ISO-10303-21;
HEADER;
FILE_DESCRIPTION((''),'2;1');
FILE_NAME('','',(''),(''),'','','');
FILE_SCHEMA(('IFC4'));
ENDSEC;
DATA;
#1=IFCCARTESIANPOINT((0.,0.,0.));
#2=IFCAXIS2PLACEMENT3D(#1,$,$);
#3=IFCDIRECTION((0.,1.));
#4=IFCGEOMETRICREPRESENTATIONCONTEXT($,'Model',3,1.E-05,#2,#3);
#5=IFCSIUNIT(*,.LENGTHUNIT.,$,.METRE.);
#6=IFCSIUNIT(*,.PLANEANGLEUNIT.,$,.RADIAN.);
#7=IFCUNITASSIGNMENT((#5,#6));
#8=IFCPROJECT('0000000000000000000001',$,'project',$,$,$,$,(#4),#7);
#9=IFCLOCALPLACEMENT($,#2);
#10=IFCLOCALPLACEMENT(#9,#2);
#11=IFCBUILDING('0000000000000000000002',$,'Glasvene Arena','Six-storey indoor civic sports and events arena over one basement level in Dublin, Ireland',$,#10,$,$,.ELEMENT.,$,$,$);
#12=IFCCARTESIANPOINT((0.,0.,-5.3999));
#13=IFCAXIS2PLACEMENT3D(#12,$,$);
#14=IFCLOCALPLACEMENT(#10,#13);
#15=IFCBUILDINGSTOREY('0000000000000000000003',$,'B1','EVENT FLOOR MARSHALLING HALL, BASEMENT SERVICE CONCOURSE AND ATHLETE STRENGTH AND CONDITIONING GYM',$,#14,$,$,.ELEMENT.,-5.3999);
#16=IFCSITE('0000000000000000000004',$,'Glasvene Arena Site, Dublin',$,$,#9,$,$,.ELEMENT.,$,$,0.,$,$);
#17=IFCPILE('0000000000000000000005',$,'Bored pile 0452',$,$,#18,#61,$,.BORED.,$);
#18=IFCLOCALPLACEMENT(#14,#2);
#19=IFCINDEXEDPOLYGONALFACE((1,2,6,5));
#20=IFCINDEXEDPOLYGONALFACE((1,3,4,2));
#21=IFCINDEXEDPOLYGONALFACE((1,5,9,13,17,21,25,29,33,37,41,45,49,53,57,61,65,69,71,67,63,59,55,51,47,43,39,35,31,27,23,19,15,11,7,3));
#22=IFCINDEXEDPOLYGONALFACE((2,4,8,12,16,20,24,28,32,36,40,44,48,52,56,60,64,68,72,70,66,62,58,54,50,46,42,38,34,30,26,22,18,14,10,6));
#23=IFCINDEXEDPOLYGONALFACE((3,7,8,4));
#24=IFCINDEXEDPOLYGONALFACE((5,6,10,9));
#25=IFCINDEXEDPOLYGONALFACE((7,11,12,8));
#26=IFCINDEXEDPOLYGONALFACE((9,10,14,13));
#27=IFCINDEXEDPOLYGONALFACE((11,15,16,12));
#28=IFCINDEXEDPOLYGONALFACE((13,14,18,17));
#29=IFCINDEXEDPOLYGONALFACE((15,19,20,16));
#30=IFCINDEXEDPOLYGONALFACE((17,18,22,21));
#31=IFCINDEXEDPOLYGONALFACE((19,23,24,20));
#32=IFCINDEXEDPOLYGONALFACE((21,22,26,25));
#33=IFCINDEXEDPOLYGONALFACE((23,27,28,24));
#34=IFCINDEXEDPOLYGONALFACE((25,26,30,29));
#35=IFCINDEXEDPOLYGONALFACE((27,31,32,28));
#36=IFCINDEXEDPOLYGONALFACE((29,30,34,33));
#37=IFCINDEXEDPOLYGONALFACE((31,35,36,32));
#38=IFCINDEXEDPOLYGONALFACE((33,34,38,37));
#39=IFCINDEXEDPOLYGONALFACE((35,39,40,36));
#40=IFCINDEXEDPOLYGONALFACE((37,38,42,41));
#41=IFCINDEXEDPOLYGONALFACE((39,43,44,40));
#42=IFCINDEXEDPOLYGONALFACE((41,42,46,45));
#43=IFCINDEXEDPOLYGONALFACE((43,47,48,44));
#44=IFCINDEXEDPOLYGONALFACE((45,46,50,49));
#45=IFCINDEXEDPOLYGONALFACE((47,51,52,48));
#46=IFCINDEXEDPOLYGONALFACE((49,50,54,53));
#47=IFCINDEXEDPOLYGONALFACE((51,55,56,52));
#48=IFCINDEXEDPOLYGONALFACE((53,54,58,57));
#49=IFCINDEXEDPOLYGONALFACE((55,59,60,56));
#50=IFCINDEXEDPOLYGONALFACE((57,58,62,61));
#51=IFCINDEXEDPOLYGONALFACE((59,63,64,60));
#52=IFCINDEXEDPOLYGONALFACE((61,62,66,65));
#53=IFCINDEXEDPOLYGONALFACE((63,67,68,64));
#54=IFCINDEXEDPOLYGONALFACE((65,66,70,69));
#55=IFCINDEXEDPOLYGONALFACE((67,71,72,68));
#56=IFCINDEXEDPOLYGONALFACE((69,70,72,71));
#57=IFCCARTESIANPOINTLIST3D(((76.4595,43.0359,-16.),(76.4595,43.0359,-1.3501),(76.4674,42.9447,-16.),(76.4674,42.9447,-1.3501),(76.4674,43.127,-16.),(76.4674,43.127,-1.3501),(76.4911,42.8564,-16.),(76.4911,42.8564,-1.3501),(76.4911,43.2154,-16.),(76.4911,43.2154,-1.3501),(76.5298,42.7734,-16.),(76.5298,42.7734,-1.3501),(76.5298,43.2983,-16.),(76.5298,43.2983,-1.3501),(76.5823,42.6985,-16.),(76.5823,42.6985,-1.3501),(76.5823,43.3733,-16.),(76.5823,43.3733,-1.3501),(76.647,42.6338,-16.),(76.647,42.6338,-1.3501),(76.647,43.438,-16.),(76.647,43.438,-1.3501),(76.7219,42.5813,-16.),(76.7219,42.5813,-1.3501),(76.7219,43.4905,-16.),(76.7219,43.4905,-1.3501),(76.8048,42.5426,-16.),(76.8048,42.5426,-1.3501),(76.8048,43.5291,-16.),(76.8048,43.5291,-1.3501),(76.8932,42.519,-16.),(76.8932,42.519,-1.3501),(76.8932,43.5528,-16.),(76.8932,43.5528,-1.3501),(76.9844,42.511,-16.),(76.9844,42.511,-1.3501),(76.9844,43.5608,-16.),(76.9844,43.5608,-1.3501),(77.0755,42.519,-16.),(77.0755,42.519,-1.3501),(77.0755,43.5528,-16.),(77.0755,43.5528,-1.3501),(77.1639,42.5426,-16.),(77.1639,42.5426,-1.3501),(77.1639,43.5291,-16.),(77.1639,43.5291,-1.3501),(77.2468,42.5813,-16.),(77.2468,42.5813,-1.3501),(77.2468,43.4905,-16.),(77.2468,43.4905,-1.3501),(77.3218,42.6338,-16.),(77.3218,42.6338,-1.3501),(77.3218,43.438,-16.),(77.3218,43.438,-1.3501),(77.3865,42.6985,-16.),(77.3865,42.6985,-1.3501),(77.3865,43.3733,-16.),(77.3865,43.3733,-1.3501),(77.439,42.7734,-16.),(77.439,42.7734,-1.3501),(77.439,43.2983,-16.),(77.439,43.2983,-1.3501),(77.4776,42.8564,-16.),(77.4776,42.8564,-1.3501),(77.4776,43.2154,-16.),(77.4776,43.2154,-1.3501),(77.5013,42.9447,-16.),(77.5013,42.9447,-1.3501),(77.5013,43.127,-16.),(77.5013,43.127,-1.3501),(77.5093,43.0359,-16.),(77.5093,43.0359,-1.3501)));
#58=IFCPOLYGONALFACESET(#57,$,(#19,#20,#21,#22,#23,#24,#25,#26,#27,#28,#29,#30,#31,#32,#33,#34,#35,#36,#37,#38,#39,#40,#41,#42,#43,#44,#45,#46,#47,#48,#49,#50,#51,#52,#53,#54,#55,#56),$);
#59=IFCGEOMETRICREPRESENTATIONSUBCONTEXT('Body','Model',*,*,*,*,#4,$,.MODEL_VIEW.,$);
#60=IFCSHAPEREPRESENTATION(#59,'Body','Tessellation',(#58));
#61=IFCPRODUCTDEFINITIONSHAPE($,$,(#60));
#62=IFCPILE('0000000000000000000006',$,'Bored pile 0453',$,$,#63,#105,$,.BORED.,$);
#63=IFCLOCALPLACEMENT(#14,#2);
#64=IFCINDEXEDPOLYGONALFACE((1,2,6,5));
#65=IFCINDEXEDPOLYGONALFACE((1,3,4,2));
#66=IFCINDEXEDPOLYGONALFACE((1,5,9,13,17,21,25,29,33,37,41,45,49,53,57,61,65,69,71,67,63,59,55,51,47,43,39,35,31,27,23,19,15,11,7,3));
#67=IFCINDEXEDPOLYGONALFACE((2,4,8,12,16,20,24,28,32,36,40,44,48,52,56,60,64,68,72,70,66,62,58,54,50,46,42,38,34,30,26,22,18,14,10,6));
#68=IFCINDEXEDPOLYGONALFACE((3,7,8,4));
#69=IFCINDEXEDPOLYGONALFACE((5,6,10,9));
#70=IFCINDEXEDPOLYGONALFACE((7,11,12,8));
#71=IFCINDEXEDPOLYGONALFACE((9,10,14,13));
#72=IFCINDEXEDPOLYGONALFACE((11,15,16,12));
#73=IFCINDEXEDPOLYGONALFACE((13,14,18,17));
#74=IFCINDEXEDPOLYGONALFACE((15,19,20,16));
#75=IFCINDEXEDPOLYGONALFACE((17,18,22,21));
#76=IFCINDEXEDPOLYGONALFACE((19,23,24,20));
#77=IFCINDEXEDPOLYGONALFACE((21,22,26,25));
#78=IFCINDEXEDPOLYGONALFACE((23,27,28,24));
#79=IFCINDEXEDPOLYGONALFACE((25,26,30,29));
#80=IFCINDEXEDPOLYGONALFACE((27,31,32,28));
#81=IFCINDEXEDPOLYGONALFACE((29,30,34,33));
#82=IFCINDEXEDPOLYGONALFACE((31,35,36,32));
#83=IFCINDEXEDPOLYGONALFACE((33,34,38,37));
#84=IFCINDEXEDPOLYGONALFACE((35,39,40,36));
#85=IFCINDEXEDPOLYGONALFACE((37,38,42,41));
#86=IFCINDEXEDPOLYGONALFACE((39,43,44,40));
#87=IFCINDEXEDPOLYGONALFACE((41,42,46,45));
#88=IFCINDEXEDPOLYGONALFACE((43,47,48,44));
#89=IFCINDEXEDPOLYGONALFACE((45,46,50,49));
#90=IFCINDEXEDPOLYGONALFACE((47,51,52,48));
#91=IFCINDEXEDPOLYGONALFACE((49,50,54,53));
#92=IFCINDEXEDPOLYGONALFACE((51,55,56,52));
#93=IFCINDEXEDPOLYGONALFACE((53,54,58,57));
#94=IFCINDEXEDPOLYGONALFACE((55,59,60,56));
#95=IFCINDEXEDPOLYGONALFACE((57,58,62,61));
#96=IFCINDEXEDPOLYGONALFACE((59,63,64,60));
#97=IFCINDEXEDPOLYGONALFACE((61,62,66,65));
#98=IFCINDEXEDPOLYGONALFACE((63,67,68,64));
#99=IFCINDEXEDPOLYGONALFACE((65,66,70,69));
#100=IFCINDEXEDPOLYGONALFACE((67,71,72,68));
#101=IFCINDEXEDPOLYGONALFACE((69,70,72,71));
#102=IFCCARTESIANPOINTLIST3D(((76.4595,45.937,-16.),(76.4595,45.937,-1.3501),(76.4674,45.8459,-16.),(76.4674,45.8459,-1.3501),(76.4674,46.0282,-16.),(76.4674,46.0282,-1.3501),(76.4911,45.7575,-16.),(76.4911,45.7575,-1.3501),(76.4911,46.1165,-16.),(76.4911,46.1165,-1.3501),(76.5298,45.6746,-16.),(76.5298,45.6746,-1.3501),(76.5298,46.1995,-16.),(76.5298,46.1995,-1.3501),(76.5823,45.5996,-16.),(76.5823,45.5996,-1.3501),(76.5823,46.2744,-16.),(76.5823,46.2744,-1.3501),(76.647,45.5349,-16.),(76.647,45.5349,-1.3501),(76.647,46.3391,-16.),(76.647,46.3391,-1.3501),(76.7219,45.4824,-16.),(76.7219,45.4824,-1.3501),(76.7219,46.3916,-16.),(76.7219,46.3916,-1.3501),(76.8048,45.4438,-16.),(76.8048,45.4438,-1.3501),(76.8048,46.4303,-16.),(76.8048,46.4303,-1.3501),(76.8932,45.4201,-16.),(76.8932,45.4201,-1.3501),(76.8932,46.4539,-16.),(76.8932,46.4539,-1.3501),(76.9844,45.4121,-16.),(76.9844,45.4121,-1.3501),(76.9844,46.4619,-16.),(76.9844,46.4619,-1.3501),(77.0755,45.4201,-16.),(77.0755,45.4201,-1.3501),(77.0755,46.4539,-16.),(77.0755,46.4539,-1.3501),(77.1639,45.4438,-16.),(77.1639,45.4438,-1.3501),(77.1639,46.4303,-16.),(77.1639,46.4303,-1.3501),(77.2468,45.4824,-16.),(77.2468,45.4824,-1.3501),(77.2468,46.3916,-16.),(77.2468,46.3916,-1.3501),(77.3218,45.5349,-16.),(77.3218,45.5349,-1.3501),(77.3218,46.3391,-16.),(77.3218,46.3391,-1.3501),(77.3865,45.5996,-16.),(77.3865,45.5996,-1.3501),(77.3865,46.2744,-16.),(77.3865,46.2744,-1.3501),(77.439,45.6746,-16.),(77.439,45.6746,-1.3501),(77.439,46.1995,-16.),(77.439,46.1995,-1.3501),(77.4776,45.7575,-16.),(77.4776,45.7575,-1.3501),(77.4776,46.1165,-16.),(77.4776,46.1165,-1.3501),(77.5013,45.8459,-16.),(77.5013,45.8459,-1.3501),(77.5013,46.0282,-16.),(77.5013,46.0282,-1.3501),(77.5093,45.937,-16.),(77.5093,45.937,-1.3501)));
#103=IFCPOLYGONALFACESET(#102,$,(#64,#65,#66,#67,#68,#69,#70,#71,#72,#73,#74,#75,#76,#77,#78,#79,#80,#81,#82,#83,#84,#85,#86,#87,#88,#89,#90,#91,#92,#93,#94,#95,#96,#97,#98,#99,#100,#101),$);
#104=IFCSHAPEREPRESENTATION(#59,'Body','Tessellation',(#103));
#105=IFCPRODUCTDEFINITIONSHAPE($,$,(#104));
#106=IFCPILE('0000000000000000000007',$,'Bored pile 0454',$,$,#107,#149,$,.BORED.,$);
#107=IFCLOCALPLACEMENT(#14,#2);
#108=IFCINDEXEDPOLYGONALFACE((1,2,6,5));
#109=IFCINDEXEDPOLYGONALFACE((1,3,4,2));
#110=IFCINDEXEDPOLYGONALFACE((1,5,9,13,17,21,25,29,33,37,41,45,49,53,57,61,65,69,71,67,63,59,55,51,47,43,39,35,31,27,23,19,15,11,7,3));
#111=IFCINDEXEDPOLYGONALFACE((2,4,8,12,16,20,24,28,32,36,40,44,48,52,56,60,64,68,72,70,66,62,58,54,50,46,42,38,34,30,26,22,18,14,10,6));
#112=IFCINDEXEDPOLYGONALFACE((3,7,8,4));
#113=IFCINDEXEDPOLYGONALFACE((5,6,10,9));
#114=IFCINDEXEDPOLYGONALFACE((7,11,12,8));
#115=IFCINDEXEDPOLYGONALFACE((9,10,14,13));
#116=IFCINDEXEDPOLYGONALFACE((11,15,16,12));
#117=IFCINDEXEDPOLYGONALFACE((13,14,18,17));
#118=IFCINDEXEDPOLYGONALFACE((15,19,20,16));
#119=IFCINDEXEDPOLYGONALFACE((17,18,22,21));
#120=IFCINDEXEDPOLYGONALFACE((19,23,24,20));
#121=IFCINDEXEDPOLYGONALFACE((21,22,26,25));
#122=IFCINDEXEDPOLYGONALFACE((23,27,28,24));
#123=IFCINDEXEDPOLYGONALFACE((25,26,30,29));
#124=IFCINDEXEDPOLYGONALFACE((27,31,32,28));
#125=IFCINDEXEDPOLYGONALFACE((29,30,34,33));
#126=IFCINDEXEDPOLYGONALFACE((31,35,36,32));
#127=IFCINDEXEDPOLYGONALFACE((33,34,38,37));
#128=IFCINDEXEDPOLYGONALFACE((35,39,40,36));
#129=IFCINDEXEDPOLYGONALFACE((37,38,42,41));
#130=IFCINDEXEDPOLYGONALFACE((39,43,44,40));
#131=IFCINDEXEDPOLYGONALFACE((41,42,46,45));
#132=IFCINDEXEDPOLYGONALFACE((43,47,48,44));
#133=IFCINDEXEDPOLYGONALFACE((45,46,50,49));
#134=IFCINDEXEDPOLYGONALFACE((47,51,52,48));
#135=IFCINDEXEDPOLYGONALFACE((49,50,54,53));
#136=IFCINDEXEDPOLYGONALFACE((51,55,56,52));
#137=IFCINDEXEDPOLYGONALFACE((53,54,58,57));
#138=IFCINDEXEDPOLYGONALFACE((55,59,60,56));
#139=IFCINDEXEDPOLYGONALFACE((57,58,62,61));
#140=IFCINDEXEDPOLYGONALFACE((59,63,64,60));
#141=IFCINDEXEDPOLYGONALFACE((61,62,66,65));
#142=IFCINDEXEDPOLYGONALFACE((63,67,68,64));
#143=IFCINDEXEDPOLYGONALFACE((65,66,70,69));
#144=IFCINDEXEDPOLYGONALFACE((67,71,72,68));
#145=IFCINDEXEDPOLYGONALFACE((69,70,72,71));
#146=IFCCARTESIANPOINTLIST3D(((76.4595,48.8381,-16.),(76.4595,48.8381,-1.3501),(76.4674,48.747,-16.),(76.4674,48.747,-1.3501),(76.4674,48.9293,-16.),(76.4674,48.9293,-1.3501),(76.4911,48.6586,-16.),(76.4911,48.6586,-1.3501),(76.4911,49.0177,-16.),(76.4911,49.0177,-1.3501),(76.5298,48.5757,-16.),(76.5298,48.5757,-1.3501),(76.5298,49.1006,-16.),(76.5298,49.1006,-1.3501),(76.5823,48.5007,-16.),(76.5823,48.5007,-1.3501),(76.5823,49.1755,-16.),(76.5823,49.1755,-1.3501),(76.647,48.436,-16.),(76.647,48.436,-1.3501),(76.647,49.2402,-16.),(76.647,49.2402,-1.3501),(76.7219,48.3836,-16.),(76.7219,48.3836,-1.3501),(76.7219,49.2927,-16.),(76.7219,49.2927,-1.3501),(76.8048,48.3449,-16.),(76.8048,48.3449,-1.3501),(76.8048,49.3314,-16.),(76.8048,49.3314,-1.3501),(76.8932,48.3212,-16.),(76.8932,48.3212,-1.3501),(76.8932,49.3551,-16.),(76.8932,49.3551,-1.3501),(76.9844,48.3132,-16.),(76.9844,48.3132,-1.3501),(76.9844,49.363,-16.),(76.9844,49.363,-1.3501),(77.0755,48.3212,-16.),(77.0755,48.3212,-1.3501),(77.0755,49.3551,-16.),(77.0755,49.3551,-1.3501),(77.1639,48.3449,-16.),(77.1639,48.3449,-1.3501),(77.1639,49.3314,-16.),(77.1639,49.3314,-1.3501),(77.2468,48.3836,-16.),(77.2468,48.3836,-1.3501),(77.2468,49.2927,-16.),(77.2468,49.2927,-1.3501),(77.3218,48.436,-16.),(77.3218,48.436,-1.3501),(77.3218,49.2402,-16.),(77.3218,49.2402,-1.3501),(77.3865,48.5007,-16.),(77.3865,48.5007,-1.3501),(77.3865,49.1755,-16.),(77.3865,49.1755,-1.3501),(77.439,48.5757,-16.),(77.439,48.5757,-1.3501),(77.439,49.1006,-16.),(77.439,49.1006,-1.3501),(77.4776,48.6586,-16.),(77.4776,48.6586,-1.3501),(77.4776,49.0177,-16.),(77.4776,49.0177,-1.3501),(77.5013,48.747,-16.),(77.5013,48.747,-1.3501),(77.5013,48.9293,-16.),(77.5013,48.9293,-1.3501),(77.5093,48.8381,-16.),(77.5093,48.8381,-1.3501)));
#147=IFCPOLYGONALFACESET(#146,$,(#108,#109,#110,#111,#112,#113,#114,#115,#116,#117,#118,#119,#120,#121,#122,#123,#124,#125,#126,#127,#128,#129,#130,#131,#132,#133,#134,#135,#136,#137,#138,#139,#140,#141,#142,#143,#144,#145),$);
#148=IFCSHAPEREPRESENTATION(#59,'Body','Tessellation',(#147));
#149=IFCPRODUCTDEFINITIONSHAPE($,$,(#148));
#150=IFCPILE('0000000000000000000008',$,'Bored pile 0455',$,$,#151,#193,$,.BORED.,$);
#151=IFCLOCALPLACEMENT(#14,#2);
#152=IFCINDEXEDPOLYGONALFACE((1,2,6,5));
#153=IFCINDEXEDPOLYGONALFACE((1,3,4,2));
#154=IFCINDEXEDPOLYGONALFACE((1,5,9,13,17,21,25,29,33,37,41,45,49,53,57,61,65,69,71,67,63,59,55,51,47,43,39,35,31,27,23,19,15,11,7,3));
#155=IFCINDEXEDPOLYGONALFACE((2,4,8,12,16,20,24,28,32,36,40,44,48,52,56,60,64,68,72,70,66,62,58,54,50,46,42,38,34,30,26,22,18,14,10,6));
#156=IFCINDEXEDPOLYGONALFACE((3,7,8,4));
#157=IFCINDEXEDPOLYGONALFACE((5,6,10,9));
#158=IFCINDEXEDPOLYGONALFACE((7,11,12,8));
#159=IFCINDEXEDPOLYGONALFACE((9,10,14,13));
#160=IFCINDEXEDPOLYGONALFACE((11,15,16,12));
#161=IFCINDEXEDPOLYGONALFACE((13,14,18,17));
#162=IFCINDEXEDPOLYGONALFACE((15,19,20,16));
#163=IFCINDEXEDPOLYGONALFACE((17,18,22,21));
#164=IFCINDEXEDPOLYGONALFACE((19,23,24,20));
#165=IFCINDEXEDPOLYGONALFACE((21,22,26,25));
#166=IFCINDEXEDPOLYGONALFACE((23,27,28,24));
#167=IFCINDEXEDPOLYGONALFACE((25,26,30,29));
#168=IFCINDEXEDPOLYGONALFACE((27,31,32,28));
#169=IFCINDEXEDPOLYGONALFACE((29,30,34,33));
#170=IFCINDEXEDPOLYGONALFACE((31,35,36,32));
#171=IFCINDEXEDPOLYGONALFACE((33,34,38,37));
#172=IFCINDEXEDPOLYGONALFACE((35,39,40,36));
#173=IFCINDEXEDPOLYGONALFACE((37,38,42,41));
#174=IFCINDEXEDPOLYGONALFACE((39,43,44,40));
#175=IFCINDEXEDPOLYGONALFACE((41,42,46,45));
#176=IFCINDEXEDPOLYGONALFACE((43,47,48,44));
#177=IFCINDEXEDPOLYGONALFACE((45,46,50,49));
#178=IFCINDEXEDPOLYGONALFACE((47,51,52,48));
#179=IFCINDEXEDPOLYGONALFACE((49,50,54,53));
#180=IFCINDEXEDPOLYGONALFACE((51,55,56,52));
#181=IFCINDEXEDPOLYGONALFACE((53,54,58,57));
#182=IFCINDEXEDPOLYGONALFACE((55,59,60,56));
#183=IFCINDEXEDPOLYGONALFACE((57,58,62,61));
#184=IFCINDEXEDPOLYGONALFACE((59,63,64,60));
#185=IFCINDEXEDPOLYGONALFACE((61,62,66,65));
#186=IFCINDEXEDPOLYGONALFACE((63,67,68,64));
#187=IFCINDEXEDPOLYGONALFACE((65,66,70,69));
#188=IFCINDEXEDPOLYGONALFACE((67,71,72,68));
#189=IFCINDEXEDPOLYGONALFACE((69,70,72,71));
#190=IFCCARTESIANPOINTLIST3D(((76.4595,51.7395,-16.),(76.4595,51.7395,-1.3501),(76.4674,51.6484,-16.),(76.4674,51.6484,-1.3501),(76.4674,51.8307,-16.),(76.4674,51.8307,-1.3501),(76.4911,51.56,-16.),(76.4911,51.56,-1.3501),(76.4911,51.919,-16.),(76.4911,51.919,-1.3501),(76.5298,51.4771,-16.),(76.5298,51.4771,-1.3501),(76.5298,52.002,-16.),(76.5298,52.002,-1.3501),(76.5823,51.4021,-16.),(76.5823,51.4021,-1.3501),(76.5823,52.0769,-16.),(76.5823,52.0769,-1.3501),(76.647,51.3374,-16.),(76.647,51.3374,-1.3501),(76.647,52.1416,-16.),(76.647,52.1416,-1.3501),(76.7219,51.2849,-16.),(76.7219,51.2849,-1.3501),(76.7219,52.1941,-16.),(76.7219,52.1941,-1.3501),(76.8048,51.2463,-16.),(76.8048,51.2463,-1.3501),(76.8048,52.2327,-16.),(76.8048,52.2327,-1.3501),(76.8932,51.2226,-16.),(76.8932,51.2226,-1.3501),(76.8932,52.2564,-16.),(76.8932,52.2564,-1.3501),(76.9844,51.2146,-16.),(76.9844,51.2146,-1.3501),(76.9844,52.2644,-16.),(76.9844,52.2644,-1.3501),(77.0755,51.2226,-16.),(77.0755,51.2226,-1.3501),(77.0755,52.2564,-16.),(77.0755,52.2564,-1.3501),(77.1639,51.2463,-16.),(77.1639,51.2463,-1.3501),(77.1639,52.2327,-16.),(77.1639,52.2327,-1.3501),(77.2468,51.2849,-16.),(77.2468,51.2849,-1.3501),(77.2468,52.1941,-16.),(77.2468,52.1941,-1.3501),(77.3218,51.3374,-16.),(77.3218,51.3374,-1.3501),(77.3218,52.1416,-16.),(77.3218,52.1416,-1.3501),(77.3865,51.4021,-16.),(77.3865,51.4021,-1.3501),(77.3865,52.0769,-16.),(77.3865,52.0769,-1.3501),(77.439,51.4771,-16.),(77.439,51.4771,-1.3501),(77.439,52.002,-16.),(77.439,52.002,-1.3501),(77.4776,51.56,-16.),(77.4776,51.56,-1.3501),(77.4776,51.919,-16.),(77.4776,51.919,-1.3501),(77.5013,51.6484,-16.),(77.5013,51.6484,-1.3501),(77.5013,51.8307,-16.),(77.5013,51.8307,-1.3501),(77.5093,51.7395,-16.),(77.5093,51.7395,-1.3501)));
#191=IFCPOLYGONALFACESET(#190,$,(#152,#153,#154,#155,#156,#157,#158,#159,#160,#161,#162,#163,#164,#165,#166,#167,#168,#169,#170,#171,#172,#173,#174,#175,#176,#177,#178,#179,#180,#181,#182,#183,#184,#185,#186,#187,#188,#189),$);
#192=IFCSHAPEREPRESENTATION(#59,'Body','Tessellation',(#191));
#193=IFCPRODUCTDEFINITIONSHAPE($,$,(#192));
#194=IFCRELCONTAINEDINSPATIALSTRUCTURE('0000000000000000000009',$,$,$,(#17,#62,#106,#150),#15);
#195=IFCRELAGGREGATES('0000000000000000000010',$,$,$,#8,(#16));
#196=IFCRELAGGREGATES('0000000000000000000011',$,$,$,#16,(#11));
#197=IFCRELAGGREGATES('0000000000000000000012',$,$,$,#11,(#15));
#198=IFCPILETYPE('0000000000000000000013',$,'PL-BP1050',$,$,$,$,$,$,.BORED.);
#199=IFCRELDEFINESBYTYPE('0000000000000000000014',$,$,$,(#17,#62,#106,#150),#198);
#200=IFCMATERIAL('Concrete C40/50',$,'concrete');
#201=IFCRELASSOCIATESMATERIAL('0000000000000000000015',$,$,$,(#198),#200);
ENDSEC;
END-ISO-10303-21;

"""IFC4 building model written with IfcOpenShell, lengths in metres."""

from ifc_helpers import new_model, si_unit, direction, frame, origin, origin_2d, place, context, subcontext, project, spatial, circle, extrude, material, material_profile, profile_set, type_object, element, save


model = new_model("IFC4")

# Units and contexts
model_context = context("Model", 3, precision=1e-05, world=origin(), true_north=direction((0.0, 1.0)))
body_context = subcontext(model_context, "Body", "Model", "MODEL_VIEW")
ifc_project = project(units=[si_unit("LENGTHUNIT", "METRE"), si_unit("PLANEANGLEUNIT", "RADIAN")], contexts=[model_context])

# Site, building, storey
site_placement = place(None, origin())
site = spatial("IfcSite", under=ifc_project, at=site_placement, Name="Glasvene Arena Site, Dublin", CompositionType="ELEMENT", RefElevation=0.0)
building_placement = place(site_placement, origin())
building = spatial("IfcBuilding", under=site, at=building_placement, Name="Glasvene Arena", Description="Six-storey indoor civic sports and events arena over one basement level in Dublin, Ireland", CompositionType="ELEMENT")
storey_placement = place(building_placement, frame((0.0, 0.0, -5.3999)))
storey = spatial("IfcBuildingStorey", under=building, at=storey_placement, Name="B1", Description="EVENT FLOOR MARSHALLING HALL, BASEMENT SERVICE CONCOURSE AND ATHLETE STRENGTH AND CONDITIONING GYM", CompositionType="ELEMENT", Elevation=-5.3999)

# Piles
ifc_material_1 = material(Name="Concrete C40/50", Category="concrete")
ifc_material_profile_1 = material_profile(ifc_material_1, circle(Radius=0.5249, at=origin_2d()), Name="BORED PILE 1050")
ifc_profile_set_1 = profile_set([ifc_material_profile_1], Name="Concrete C40/50")
pile_type = type_object("IfcPileType", Name="PL-BP1050", PredefinedType="BORED", material=ifc_profile_set_1)
for number, where, z_axis, x_axis, name in (
    (1, (76.9844, 43.0359, -1.3501), (0.0, 0.0, -1.0), (1.0, 0.0, 0.0), "Bored pile 0452"),
    (2, (76.9844, 45.937, -1.3501), (0.0, 0.0, -1.0), (1.0, 0.0, 0.0), "Bored pile 0453"),
    (3, (76.9844, 48.8381, -1.3501), (0.0, 0.0, -1.0), (1.0, 0.0, 0.0), "Bored pile 0454"),
    (4, (76.9844, 51.7395, -1.3501), (0.0, 0.0, -1.0), (1.0, 0.0, 0.0), "Bored pile 0455"),
):
    element("IfcPile", number, at=place(storey_placement, frame(where, z_axis=z_axis, x_axis=x_axis)), inside=storey, type_object=pile_type, Name=name, PredefinedType="BORED", context=body_context, shape_type="SweptSolid", body=[
        extrude(circle(Radius=0.5249, at=origin_2d()), origin(), (0.0, 0.0, 1.0), 14.6499),
    ])

save(model, "model.ifc")
